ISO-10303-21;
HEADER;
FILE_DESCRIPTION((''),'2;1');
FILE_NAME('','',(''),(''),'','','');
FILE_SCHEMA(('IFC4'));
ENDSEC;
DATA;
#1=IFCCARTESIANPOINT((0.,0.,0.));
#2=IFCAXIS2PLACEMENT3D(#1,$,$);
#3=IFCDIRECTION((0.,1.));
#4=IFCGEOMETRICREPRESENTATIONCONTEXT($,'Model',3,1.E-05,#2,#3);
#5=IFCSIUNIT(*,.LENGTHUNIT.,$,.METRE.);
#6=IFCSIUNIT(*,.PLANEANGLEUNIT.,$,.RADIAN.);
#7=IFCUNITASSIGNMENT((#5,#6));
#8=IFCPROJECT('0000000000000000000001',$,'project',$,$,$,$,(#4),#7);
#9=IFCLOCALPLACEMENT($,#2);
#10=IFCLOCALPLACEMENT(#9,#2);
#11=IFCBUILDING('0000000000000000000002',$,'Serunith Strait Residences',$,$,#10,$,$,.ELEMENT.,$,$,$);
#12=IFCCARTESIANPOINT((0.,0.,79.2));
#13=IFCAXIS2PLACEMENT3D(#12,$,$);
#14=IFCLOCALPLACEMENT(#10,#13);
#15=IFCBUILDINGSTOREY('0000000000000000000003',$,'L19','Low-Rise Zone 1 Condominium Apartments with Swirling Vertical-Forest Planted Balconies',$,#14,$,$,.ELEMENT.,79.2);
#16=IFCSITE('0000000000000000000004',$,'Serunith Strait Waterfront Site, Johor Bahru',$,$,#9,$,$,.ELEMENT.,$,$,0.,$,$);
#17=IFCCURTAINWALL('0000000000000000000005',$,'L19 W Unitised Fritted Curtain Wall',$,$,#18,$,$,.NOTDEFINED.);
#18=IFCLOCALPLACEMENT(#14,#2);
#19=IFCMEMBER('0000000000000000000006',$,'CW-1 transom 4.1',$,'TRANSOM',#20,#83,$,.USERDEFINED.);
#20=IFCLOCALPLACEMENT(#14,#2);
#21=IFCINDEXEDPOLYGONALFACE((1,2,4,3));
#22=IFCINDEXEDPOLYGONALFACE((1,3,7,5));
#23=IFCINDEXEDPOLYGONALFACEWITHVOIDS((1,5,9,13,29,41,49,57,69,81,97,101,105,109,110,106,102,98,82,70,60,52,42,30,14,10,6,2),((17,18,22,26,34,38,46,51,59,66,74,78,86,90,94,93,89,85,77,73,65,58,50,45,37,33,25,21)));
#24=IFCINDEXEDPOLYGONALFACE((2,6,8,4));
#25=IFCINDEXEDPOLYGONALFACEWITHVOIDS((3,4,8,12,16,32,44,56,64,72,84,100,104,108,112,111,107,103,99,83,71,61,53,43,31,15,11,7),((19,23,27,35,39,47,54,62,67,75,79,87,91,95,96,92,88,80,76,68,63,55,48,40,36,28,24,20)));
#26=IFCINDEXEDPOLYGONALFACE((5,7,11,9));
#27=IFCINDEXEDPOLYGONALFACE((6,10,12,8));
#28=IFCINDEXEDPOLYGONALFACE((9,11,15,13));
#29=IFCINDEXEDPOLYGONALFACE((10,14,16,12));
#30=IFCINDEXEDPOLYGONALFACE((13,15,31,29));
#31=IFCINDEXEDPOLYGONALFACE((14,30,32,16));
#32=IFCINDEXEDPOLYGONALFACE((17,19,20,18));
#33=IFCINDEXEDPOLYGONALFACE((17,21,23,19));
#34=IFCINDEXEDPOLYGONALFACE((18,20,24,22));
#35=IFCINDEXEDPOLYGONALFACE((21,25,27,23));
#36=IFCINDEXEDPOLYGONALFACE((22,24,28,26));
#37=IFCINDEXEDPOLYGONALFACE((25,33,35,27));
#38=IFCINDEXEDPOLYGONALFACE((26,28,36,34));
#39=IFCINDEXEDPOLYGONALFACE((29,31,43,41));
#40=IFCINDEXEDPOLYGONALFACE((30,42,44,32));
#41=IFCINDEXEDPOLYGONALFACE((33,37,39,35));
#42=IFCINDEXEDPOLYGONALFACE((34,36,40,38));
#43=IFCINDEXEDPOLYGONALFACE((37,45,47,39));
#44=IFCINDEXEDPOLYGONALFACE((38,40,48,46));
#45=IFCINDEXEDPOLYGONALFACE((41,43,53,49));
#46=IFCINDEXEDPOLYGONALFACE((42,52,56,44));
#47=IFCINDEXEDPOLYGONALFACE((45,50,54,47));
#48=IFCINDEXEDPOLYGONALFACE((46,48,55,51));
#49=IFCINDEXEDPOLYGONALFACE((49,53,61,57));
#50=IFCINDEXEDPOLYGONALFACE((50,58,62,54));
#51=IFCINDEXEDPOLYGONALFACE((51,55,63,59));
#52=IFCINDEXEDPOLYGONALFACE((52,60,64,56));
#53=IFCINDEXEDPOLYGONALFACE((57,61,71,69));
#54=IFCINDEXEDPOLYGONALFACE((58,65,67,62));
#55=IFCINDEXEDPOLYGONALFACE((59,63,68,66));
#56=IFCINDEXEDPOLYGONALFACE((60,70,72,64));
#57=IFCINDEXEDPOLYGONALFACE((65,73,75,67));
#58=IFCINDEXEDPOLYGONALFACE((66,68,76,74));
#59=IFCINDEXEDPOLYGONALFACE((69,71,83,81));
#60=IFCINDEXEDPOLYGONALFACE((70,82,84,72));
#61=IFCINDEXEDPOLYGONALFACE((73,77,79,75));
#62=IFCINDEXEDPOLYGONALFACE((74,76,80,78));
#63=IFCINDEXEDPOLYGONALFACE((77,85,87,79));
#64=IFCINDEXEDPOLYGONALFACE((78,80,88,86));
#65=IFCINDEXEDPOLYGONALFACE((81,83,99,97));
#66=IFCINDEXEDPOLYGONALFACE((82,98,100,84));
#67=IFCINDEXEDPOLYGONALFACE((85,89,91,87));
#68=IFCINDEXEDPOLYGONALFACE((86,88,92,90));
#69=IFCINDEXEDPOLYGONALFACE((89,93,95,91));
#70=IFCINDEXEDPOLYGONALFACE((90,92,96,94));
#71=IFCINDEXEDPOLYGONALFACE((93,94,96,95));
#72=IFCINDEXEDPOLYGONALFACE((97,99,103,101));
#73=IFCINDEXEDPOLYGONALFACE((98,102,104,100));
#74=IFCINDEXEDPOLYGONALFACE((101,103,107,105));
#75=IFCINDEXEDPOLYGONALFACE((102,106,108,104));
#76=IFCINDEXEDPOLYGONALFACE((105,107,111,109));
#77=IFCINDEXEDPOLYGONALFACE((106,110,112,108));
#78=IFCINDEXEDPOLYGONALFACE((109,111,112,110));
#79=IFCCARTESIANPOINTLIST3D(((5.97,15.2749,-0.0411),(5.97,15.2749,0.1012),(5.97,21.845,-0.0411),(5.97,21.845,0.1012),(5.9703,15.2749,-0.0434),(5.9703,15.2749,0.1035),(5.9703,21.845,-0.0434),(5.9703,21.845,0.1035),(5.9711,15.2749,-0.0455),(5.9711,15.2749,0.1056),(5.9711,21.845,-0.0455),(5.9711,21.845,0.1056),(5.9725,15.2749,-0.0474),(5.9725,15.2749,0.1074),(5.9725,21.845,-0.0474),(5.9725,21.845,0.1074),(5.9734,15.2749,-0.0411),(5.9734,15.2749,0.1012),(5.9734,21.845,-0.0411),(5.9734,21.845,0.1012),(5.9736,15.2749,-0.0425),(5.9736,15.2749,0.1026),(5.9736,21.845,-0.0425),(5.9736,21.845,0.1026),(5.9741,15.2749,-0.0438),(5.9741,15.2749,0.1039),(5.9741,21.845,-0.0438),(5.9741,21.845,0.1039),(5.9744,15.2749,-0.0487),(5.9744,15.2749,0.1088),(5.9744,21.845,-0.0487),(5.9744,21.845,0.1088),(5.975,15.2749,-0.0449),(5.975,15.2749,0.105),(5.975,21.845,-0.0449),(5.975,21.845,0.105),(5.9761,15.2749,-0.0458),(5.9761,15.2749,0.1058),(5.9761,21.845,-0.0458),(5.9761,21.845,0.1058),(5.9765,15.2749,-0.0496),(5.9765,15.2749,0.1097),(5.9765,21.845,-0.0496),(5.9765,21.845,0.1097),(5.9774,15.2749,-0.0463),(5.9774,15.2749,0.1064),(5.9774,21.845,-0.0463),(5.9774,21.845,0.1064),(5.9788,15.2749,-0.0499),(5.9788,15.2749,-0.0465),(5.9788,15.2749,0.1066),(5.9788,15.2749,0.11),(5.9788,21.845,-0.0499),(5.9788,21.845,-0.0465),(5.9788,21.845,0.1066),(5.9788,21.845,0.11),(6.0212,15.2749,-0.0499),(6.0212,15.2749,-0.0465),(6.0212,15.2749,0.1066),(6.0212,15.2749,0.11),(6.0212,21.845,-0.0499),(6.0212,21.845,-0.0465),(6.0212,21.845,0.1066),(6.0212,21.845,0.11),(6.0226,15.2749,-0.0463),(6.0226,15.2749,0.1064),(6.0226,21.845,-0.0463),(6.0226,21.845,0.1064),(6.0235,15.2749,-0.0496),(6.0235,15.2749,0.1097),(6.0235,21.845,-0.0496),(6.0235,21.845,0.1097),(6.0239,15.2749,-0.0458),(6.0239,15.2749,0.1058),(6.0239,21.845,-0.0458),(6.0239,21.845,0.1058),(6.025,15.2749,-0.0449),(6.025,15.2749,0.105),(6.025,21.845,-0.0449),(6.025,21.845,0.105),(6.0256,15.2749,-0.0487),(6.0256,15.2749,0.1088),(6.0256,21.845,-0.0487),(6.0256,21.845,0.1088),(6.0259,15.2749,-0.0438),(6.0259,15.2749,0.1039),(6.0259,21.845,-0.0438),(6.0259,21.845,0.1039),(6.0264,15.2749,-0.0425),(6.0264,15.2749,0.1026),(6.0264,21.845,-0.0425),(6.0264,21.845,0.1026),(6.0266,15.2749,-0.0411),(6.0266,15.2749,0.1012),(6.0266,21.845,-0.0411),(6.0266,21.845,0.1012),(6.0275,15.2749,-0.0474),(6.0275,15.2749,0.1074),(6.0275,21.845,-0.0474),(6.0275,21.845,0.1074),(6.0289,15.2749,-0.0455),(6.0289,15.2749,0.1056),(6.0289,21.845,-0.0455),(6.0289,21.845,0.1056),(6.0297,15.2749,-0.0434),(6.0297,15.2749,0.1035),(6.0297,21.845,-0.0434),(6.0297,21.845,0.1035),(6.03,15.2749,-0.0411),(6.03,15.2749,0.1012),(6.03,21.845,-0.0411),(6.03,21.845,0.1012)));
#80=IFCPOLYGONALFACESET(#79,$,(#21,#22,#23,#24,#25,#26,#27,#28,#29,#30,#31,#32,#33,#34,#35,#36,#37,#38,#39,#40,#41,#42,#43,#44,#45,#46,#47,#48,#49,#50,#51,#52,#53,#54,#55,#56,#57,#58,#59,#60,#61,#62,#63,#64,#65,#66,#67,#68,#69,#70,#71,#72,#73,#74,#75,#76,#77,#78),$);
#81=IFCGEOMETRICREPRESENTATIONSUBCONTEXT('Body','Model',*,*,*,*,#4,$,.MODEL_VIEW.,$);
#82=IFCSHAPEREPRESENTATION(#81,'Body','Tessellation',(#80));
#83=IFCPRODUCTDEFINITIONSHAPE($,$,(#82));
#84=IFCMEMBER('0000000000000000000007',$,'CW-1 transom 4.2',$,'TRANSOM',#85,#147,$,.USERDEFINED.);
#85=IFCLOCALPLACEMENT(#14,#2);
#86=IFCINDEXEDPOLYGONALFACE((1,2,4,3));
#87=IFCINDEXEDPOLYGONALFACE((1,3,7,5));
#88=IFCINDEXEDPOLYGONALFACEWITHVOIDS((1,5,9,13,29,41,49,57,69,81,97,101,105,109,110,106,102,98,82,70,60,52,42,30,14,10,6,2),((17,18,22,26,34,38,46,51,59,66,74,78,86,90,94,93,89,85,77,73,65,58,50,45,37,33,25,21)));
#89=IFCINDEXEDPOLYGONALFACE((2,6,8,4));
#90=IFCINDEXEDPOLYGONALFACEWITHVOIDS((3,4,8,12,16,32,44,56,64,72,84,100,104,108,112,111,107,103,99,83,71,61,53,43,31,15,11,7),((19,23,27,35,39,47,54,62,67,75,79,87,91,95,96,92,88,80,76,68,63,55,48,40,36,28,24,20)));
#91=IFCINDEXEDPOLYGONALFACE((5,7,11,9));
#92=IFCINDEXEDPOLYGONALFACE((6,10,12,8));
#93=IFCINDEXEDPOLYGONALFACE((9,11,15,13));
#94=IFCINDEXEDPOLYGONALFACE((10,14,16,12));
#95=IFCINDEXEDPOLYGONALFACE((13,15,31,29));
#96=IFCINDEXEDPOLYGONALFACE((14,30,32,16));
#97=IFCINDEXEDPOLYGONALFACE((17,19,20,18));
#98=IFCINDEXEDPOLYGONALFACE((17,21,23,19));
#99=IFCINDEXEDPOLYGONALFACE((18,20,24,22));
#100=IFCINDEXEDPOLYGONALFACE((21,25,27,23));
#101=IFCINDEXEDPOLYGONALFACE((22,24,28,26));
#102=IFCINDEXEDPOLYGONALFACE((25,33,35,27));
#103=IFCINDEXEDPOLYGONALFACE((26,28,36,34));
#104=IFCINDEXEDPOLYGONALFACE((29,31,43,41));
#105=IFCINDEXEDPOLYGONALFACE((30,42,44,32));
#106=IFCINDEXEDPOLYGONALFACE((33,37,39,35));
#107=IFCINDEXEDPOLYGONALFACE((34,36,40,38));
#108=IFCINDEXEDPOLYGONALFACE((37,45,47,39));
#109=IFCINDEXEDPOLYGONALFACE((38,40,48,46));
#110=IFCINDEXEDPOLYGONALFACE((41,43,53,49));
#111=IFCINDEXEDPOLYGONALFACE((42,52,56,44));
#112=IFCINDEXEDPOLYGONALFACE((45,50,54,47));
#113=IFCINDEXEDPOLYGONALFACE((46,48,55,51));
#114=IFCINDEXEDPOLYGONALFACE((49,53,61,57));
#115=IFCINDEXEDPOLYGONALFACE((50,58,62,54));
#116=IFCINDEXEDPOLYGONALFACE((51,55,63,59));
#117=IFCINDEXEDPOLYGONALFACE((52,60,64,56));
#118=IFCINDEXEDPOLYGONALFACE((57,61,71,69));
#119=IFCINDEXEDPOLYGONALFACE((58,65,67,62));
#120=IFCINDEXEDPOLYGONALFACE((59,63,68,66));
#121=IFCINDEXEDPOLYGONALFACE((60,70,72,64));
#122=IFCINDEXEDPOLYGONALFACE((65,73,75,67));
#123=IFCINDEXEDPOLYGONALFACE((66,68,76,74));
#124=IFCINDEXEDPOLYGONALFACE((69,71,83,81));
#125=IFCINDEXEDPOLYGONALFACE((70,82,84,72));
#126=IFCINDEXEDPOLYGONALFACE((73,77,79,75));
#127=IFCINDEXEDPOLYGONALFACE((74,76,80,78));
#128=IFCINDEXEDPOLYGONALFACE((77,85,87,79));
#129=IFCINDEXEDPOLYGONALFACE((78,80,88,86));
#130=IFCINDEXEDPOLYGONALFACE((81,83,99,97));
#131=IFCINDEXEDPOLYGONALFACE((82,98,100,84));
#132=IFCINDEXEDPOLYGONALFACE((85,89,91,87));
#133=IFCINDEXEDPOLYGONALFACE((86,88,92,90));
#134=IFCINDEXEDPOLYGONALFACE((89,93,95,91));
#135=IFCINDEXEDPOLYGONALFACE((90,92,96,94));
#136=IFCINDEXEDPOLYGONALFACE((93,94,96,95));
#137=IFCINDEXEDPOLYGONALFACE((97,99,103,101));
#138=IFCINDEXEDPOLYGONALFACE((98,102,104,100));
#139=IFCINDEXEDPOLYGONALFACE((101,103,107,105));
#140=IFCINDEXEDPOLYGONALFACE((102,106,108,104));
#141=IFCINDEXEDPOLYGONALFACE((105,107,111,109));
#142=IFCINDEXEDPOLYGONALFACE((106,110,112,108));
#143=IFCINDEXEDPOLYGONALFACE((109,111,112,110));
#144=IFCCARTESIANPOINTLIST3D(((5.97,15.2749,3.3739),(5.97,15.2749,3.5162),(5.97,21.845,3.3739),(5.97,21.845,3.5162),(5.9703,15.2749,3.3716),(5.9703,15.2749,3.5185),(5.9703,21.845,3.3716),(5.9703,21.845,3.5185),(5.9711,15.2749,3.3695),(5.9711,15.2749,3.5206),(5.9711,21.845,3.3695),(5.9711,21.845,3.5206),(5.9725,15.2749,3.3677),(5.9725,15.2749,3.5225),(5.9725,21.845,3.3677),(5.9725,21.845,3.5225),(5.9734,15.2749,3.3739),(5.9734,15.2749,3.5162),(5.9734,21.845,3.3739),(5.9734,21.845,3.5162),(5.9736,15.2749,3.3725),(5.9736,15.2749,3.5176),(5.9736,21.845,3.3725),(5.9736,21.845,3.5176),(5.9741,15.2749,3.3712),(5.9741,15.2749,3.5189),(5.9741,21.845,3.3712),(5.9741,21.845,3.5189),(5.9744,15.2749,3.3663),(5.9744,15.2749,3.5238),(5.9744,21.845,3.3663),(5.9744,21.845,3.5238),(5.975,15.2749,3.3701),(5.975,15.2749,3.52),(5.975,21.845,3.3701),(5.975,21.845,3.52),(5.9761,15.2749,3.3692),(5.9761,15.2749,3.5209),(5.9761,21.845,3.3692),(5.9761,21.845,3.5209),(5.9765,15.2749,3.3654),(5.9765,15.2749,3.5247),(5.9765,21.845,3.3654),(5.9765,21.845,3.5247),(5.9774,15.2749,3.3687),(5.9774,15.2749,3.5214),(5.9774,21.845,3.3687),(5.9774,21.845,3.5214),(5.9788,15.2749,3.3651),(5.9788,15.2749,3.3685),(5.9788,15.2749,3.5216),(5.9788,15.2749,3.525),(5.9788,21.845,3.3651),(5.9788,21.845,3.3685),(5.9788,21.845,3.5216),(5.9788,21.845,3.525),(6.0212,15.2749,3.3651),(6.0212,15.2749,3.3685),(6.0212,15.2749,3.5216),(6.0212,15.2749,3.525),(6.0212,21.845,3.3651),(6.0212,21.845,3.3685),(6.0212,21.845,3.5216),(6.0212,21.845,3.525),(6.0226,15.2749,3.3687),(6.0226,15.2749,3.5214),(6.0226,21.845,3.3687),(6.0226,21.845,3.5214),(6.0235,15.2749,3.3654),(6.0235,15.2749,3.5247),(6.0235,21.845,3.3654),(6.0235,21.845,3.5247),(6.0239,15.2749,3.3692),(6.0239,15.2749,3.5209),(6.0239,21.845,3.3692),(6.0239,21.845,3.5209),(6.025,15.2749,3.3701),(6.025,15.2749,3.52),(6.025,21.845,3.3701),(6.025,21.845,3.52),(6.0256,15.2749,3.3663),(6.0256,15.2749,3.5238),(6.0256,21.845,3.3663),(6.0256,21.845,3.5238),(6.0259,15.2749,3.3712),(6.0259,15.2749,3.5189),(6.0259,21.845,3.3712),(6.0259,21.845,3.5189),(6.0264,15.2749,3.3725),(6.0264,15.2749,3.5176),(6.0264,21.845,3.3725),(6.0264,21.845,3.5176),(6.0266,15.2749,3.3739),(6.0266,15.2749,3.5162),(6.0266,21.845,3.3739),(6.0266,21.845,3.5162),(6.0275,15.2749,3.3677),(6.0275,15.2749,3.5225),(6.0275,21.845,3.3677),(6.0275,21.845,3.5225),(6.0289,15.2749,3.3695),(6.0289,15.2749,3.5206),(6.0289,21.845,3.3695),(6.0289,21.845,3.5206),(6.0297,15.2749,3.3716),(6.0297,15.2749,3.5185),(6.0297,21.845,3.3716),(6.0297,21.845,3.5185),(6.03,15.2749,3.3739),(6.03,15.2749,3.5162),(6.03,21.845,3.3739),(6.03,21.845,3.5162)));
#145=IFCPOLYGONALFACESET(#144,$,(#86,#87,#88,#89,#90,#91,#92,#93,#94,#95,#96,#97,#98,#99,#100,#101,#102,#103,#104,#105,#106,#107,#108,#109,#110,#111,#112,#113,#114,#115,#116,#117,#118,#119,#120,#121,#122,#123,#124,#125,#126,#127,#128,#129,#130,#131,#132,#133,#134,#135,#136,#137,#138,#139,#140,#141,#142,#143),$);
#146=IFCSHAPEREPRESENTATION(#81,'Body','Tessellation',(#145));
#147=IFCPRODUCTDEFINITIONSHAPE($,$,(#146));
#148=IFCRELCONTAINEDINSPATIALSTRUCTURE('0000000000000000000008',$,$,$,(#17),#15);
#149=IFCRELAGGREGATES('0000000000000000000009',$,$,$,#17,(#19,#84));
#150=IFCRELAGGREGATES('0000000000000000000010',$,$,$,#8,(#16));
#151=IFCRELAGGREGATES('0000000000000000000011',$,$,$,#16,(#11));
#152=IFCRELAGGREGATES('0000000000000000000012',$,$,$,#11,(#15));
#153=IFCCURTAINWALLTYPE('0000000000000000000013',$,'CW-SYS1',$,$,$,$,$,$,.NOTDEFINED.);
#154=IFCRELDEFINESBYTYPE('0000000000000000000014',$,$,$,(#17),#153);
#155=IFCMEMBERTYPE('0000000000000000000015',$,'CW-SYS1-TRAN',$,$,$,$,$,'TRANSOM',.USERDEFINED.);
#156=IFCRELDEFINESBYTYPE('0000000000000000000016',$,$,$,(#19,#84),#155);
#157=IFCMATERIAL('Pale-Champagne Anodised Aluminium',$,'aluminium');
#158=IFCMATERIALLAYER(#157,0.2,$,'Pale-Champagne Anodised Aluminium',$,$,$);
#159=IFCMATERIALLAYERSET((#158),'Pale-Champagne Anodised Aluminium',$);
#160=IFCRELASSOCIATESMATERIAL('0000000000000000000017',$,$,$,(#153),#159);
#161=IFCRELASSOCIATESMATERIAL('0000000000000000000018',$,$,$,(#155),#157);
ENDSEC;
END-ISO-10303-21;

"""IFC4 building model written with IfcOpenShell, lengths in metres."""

from ifc_helpers import new_model, si_unit, direction, frame, origin, origin_2d, place, context, subcontext, project, spatial, hollow_rectangle, extrude, source, transform, mapped, material, layer, layer_set, material_profile, profile_set, type_object, element, aggregate, save


model = new_model("IFC4")

# Units and contexts
model_context = context("Model", 3, precision=1e-05, world=origin(), true_north=direction((0.0, 1.0)))
body_context = subcontext(model_context, "Body", "Model", "MODEL_VIEW")
ifc_project = project(units=[si_unit("LENGTHUNIT", "METRE"), si_unit("PLANEANGLEUNIT", "RADIAN")], contexts=[model_context])

# Site, building, storey
site_placement = place(None, origin())
site = spatial("IfcSite", under=ifc_project, at=site_placement, Name="Serunith Strait Waterfront Site, Johor Bahru", CompositionType="ELEMENT", RefElevation=0.0)
building_placement = place(site_placement, origin())
building = spatial("IfcBuilding", under=site, at=building_placement, Name="Serunith Strait Residences", CompositionType="ELEMENT")
storey_placement = place(building_placement, frame((0.0, 0.0, 79.2)))
storey = spatial("IfcBuildingStorey", under=building, at=storey_placement, Name="L19", Description="Low-Rise Zone 1 Condominium Apartments with Swirling Vertical-Forest Planted Balconies", CompositionType="ELEMENT", Elevation=79.2)

# Curtain wall, members
ifc_material_1 = material(Name="Pale-Champagne Anodised Aluminium", Category="aluminium")
ifc_layer_1 = layer(ifc_material_1, 0.2, Name="Pale-Champagne Anodised Aluminium")
ifc_layer_set_1 = layer_set([ifc_layer_1], Name="Pale-Champagne Anodised Aluminium")
curtain_wall_type = type_object("IfcCurtainWallType", Name="CW-SYS1", PredefinedType="NOTDEFINED", material=ifc_layer_set_1)
curtain_wall_placement = place(storey_placement, origin())
curtain_wall = element("IfcCurtainWall", 1, at=curtain_wall_placement, inside=storey, type_object=curtain_wall_type, Name="L19 W Unitised Fritted Curtain Wall", PredefinedType="NOTDEFINED")
ifc_material_profile_1 = material_profile(ifc_material_1, hollow_rectangle(XDim=0.0601, YDim=0.1599, WallThickness=0.0034, InnerFilletRadius=0.0054, OuterFilletRadius=0.0088, at=origin_2d()), Name="ALU 160x60x3.5")
ifc_profile_set_1 = profile_set([ifc_material_profile_1], Name="Pale-Champagne Anodised Aluminium")
member_type_1 = type_object("IfcMemberType", Name="CW-SYS1-TRAN", ElementType="TRANSOM", PredefinedType="USERDEFINED", material=ifc_profile_set_1)
shared_shape_1 = source(origin(), body_context, "Body", "SweptSolid", [
    extrude(hollow_rectangle(XDim=0.0601, YDim=0.1599, WallThickness=0.0034, InnerFilletRadius=0.0054, OuterFilletRadius=0.0088, at=origin_2d()), origin(), (0.0, 0.0, 1.0), 6.5701),
])
member_1_placement = place(storey_placement, frame((6.0, 21.845, 0.03), z_axis=(0.0, -1.0, 0.0), x_axis=(1.0, 0.0, 0.0)))
member_1 = element("IfcMember", 2, at=member_1_placement, type_object=member_type_1, Name="CW-1 transom 4.1", ObjectType="TRANSOM", PredefinedType="USERDEFINED", context=body_context, shape_type="MappedRepresentation", body=[
    mapped(shared_shape_1, transform((0.0, 0.0, 0.0), scale=1.0)),
])
member_2_placement = place(storey_placement, frame((6.0, 21.845, 3.4451), z_axis=(0.0, -1.0, 0.0), x_axis=(1.0, 0.0, 0.0)))
member_2 = element("IfcMember", 3, at=member_2_placement, type_object=member_type_1, Name="CW-1 transom 4.2", ObjectType="TRANSOM", PredefinedType="USERDEFINED", context=body_context, shape_type="MappedRepresentation", body=[
    mapped(shared_shape_1, transform((0.0, 0.0, 0.0), scale=1.0)),
])
aggregate(curtain_wall, [member_1, member_2])

save(model, "model.ifc")
